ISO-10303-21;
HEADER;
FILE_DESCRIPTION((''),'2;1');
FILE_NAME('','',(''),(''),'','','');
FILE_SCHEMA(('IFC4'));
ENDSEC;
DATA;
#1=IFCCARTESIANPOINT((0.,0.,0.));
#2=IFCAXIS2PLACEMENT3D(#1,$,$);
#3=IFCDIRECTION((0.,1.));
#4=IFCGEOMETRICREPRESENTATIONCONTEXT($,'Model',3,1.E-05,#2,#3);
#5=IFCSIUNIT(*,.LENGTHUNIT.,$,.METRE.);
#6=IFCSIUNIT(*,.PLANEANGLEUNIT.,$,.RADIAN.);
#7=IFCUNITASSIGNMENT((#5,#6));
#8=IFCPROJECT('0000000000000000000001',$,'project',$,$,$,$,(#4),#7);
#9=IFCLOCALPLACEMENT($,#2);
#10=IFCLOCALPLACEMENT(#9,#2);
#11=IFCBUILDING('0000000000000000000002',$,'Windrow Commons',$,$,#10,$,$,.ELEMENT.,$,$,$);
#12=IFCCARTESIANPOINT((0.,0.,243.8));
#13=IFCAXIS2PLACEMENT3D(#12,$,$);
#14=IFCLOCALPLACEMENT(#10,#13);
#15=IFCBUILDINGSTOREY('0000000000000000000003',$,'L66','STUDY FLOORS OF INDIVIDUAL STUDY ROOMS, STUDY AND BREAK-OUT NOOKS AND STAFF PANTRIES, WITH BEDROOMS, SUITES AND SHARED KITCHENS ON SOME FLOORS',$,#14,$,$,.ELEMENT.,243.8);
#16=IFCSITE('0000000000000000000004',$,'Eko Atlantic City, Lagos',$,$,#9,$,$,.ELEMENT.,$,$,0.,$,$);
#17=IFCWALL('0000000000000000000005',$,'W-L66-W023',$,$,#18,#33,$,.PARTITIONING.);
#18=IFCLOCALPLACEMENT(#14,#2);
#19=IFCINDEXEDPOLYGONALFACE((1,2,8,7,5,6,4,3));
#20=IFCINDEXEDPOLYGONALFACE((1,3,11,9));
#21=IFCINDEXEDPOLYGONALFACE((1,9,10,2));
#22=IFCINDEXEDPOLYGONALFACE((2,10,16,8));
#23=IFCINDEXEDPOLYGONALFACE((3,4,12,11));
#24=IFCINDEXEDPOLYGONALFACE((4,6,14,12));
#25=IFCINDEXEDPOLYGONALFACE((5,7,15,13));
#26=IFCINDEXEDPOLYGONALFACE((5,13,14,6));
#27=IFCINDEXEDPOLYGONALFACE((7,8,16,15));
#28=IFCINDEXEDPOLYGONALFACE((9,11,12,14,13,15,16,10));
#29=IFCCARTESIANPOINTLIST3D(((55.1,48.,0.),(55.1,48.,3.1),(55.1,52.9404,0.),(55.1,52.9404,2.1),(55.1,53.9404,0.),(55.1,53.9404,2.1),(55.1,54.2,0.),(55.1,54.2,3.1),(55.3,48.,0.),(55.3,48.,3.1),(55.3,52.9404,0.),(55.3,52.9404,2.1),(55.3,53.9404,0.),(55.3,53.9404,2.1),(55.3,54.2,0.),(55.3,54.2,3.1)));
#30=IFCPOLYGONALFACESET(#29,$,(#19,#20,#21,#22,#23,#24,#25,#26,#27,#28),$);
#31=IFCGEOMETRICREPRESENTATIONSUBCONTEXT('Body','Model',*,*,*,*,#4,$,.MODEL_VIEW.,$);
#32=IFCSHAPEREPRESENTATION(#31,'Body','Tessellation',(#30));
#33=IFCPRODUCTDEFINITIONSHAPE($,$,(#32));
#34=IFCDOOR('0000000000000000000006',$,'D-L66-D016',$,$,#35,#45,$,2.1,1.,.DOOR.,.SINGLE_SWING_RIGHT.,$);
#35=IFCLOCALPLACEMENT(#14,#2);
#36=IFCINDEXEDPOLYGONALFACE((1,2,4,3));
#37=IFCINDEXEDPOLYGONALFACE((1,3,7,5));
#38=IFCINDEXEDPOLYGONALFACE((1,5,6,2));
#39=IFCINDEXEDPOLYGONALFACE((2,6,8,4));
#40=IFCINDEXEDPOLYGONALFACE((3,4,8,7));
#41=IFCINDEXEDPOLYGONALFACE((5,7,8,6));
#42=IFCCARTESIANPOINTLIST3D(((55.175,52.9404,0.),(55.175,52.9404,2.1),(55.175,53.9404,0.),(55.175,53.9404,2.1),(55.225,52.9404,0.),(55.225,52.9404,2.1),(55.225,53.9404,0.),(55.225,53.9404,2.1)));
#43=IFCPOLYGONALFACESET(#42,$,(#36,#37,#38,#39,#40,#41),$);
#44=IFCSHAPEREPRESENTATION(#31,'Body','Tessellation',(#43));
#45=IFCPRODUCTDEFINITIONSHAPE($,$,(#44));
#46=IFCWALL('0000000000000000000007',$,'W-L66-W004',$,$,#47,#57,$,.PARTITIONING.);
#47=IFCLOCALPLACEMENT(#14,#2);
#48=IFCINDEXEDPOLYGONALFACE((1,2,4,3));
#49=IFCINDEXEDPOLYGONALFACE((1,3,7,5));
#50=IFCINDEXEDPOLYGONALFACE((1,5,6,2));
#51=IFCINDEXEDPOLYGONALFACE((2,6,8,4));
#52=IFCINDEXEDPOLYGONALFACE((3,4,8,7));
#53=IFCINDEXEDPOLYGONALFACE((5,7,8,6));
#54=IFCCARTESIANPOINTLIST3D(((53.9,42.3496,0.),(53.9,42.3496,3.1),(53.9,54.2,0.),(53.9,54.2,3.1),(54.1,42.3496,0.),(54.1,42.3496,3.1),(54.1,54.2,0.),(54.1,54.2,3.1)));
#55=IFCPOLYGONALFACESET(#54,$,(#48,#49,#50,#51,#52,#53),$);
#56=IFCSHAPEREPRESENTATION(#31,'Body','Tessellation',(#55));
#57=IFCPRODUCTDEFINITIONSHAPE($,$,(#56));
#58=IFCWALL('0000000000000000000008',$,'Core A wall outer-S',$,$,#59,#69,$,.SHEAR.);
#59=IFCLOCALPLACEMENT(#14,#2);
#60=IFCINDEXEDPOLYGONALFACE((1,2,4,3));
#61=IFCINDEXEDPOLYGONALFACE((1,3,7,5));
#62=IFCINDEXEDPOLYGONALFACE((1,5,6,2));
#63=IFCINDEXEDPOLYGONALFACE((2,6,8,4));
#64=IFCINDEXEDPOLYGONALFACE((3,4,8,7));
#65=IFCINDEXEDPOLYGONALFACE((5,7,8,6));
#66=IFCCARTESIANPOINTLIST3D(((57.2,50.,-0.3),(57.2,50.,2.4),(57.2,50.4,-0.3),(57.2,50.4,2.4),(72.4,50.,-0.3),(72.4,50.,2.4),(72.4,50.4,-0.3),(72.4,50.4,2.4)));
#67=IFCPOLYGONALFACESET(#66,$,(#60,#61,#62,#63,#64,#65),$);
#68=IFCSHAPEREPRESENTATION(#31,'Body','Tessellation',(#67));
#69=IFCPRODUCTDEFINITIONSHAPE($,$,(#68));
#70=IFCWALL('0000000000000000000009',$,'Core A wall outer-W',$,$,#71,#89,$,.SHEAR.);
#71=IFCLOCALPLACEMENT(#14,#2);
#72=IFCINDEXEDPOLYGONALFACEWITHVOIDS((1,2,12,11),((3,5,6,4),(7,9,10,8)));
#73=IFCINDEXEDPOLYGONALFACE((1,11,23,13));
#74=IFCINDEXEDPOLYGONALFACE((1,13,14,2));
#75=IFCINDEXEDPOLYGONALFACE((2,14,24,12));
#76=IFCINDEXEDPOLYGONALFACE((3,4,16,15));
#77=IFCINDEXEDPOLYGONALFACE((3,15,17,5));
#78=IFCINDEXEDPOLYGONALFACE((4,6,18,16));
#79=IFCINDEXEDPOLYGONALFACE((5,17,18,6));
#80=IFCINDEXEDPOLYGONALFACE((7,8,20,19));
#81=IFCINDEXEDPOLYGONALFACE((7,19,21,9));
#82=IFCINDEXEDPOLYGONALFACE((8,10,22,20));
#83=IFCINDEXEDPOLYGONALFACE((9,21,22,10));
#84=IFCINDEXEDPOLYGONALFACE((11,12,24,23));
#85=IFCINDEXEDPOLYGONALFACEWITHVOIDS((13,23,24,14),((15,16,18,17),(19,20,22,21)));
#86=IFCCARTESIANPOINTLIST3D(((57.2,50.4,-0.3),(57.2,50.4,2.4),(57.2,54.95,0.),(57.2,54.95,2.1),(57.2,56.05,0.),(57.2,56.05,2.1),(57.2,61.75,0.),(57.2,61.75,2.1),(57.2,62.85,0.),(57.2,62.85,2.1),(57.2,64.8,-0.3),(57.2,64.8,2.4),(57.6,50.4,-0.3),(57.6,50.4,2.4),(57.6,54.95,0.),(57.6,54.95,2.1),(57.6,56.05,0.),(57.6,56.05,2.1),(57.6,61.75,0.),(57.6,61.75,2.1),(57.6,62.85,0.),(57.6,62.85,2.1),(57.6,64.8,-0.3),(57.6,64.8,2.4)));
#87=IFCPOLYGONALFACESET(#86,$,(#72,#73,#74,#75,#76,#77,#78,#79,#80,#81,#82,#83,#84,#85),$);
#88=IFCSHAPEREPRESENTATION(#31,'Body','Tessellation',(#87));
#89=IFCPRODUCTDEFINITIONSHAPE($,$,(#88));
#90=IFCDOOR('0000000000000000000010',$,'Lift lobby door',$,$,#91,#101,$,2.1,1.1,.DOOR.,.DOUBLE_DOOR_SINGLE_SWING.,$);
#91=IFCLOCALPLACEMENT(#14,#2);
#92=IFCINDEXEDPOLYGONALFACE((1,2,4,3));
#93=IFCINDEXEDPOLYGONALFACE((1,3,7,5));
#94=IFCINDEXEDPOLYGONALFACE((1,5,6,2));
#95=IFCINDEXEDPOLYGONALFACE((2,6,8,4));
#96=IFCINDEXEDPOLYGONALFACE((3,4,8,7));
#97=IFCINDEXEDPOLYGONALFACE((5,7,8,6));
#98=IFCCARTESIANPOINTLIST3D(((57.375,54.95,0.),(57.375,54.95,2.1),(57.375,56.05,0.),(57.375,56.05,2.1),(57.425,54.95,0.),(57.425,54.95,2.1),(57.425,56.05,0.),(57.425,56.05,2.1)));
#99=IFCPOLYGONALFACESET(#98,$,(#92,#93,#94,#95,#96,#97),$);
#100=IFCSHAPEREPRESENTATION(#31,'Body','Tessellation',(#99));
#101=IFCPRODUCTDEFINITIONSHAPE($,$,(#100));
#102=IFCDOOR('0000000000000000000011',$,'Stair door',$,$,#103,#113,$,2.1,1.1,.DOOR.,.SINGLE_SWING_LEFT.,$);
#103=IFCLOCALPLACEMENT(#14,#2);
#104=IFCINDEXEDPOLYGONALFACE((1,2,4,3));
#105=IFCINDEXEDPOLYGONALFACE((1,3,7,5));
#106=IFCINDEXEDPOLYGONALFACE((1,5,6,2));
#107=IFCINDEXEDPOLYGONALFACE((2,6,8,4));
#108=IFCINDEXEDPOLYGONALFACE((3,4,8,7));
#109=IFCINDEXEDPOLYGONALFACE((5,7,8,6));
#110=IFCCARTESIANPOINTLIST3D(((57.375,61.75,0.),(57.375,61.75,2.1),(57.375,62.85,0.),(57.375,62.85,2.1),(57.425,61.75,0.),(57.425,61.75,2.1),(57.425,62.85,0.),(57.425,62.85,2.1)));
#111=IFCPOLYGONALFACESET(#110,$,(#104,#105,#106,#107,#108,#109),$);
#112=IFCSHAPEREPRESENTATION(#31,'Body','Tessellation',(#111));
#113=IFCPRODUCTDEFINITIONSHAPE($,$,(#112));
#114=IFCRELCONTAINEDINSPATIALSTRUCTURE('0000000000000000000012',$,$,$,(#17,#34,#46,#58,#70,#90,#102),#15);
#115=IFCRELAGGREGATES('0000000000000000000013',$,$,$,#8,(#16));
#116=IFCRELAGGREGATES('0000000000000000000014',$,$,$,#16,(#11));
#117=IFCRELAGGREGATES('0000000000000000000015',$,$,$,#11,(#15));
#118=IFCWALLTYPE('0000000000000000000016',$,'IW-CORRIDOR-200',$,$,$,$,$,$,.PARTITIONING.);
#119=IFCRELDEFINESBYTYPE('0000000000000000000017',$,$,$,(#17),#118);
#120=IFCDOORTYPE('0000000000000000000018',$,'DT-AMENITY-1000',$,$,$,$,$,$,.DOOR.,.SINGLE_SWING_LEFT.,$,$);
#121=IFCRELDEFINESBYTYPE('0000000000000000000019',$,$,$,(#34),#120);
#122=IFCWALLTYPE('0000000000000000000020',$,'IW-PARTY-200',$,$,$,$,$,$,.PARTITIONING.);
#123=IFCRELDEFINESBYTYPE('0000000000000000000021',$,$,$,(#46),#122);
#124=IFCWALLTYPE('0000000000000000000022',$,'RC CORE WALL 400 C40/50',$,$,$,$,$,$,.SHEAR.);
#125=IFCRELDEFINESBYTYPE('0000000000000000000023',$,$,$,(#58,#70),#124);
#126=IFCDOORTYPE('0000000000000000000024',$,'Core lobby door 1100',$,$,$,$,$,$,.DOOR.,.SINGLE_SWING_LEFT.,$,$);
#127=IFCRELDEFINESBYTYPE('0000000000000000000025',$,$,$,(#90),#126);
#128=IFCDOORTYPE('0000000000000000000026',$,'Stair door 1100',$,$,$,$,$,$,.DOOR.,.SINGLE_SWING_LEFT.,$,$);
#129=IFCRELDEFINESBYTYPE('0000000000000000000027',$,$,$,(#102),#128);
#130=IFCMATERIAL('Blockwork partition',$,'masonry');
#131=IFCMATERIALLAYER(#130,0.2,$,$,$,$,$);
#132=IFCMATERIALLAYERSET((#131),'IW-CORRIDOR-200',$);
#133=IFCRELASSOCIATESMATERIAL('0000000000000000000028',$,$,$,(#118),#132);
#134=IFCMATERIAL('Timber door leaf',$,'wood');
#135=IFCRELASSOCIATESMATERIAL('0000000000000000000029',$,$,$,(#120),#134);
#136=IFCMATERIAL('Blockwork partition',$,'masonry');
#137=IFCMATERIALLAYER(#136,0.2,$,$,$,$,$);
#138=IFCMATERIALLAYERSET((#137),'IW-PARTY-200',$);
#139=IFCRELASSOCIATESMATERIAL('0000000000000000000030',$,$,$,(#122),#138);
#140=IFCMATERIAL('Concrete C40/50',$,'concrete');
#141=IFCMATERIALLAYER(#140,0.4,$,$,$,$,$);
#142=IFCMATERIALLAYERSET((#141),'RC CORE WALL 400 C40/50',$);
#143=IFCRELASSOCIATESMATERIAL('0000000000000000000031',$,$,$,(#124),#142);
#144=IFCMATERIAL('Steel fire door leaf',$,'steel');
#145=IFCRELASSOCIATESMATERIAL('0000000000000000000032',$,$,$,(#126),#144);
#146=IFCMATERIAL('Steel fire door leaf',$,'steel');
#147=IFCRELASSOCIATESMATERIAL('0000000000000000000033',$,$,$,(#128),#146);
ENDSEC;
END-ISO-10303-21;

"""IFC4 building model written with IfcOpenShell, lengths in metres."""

from ifc_helpers import new_model, si_unit, direction, frame, frame_2d, origin, place, context, subcontext, project, spatial, rectangle, extrude, material, layer, layer_set, type_object, element, fill, save


model = new_model("IFC4")

# Units and contexts
model_context = context("Model", 3, precision=1e-05, world=origin(), true_north=direction((0.0, 1.0)))
body_context = subcontext(model_context, "Body", "Model", "MODEL_VIEW")
ifc_project = project(units=[si_unit("LENGTHUNIT", "METRE"), si_unit("PLANEANGLEUNIT", "RADIAN")], contexts=[model_context])

# Site, building, storey
site_placement = place(None, origin())
site = spatial("IfcSite", under=ifc_project, at=site_placement, Name="Eko Atlantic City, Lagos", CompositionType="ELEMENT", RefElevation=0.0)
building_placement = place(site_placement, origin())
building = spatial("IfcBuilding", under=site, at=building_placement, Name="Windrow Commons", CompositionType="ELEMENT")
storey_placement = place(building_placement, frame((0.0, 0.0, 243.8)))
storey = spatial("IfcBuildingStorey", under=building, at=storey_placement, Name="L66", Description="STUDY FLOORS OF INDIVIDUAL STUDY ROOMS, STUDY AND BREAK-OUT NOOKS AND STAFF PANTRIES, WITH BEDROOMS, SUITES AND SHARED KITCHENS ON SOME FLOORS", CompositionType="ELEMENT", Elevation=243.8)

# Shared definitions
ifc_material_1 = material(Name="Blockwork partition", Category="masonry")
ifc_layer_1 = layer(ifc_material_1, 0.2)
ifc_layer_set_1 = layer_set([ifc_layer_1], Name="IW-CORRIDOR-200")
wall_type_1 = type_object("IfcWallType", Name="IW-CORRIDOR-200", PredefinedType="PARTITIONING", material=ifc_layer_set_1)

# Wall, opening, door
wall_1_placement = place(storey_placement, frame((55.2, 48.0, 0.0), z_axis=(0.0, 0.0, 1.0), x_axis=(0.0, 1.0, 0.0)))
wall_1 = element("IfcWall", 1, at=wall_1_placement, inside=storey, type_object=wall_type_1, Name="W-L66-W023", PredefinedType="PARTITIONING", context=body_context, shape_type="SweptSolid", body=[
    extrude(rectangle(XDim=6.2, YDim=0.2, at=frame_2d((3.1, 0.0))), origin(), (0.0, 0.0, 1.0), 3.1),
])
opening_1_placement = place(wall_1_placement, frame((4.9404, 0.0, 0.0)))
opening_1 = element("IfcOpeningElement", 2, at=opening_1_placement, cuts=wall_1, PredefinedType="OPENING", context=body_context, shape_type="SweptSolid", body=[
    extrude(rectangle(XDim=1.0, YDim=2.1, at=frame_2d((0.5, 1.05))), frame((0.0, 0.11, 0.0), z_axis=(0.0, -1.0, 0.0), x_axis=(1.0, 0.0, 0.0)), (0.0, 0.0, 1.0), 0.22),
])
ifc_material_2 = material(Name="Timber door leaf", Category="wood")
door_type_1 = type_object("IfcDoorType", Name="DT-AMENITY-1000", OperationType="SINGLE_SWING_LEFT", PredefinedType="DOOR", material=ifc_material_2)
door_1_placement = place(opening_1_placement, origin())
door_1 = element("IfcDoor", 3, at=door_1_placement, inside=storey, type_object=door_type_1, Name="D-L66-D016", OperationType="SINGLE_SWING_RIGHT", OverallHeight=2.1, OverallWidth=1.0, PredefinedType="DOOR", context=body_context, shape_type="SweptSolid", body=[
    extrude(rectangle(XDim=1.0, YDim=2.1, at=frame_2d((0.5, 1.05))), frame((0.0, 0.025, 0.0), z_axis=(0.0, -1.0, 0.0), x_axis=(1.0, 0.0, 0.0)), (0.0, 0.0, 1.0), 0.05),
])
fill(opening_1, door_1)

# Walls
ifc_material_3 = material(Name="Blockwork partition", Category="masonry")
ifc_layer_2 = layer(ifc_material_3, 0.2)
ifc_layer_set_2 = layer_set([ifc_layer_2], Name="IW-PARTY-200")
wall_type_2 = type_object("IfcWallType", Name="IW-PARTY-200", PredefinedType="PARTITIONING", material=ifc_layer_set_2)
wall_2_placement = place(storey_placement, frame((54.0, 42.3496, 0.0), z_axis=(0.0, 0.0, 1.0), x_axis=(0.0, 1.0, 0.0)))
element("IfcWall", 4, at=wall_2_placement, inside=storey, type_object=wall_type_2, Name="W-L66-W004", PredefinedType="PARTITIONING", context=body_context, shape_type="SweptSolid", body=[
    extrude(rectangle(XDim=11.8504, YDim=0.2, at=frame_2d((5.9252, 0.0))), origin(), (0.0, 0.0, 1.0), 3.1),
])
ifc_material_4 = material(Name="Concrete C40/50", Category="concrete")
ifc_layer_3 = layer(ifc_material_4, 0.4)
ifc_layer_set_3 = layer_set([ifc_layer_3], Name="RC CORE WALL 400 C40/50")
wall_type_3 = type_object("IfcWallType", Name="RC CORE WALL 400 C40/50", PredefinedType="SHEAR", material=ifc_layer_set_3)
wall_3_placement = place(storey_placement, frame((57.2, 50.2, -0.3), z_axis=(0.0, 0.0, 1.0), x_axis=(1.0, 0.0, 0.0)))
element("IfcWall", 5, at=wall_3_placement, inside=storey, type_object=wall_type_3, Name="Core A wall outer-S", PredefinedType="SHEAR", context=body_context, shape_type="SweptSolid", body=[
    extrude(rectangle(XDim=15.2, YDim=0.4, at=frame_2d((7.6, 0.0))), origin(), (0.0, 0.0, 1.0), 2.7),
])

# Wall, openings, doors
wall_4_placement = place(storey_placement, frame((57.4, 50.4, -0.3), z_axis=(0.0, 0.0, 1.0), x_axis=(0.0, 1.0, 0.0)))
wall_4 = element("IfcWall", 6, at=wall_4_placement, inside=storey, type_object=wall_type_3, Name="Core A wall outer-W", PredefinedType="SHEAR", context=body_context, shape_type="SweptSolid", body=[
    extrude(rectangle(XDim=14.4, YDim=0.4, at=frame_2d((7.2, 0.0))), origin(), (0.0, 0.0, 1.0), 2.7),
])
opening_2_placement = place(wall_4_placement, frame((4.55, 0.0, 0.3)))
opening_2 = element("IfcOpeningElement", 7, at=opening_2_placement, cuts=wall_4, PredefinedType="OPENING", context=body_context, shape_type="SweptSolid", body=[
    extrude(rectangle(XDim=1.1, YDim=2.1, at=frame_2d((0.55, 1.05))), frame((0.0, 0.21, 0.0), z_axis=(0.0, -1.0, 0.0), x_axis=(1.0, 0.0, 0.0)), (0.0, 0.0, 1.0), 0.42),
])
opening_3_placement = place(wall_4_placement, frame((11.35, 0.0, 0.3)))
opening_3 = element("IfcOpeningElement", 8, at=opening_3_placement, cuts=wall_4, PredefinedType="OPENING", context=body_context, shape_type="SweptSolid", body=[
    extrude(rectangle(XDim=1.1, YDim=2.1, at=frame_2d((0.55, 1.05))), frame((0.0, 0.21, 0.0), z_axis=(0.0, -1.0, 0.0), x_axis=(1.0, 0.0, 0.0)), (0.0, 0.0, 1.0), 0.42),
])
ifc_material_5 = material(Name="Steel fire door leaf", Category="steel")
door_type_2 = type_object("IfcDoorType", Name="Core lobby door 1100", OperationType="SINGLE_SWING_LEFT", PredefinedType="DOOR", material=ifc_material_5)
door_2_placement = place(opening_2_placement, origin())
door_2 = element("IfcDoor", 9, at=door_2_placement, inside=storey, type_object=door_type_2, Name="Lift lobby door", OperationType="DOUBLE_DOOR_SINGLE_SWING", OverallHeight=2.1, OverallWidth=1.1, PredefinedType="DOOR", context=body_context, shape_type="SweptSolid", body=[
    extrude(rectangle(XDim=1.1, YDim=2.1, at=frame_2d((0.55, 1.05))), frame((0.0, 0.025, 0.0), z_axis=(0.0, -1.0, 0.0), x_axis=(1.0, 0.0, 0.0)), (0.0, 0.0, 1.0), 0.05),
])
fill(opening_2, door_2)
ifc_material_6 = material(Name="Steel fire door leaf", Category="steel")
door_type_3 = type_object("IfcDoorType", Name="Stair door 1100", OperationType="SINGLE_SWING_LEFT", PredefinedType="DOOR", material=ifc_material_6)
door_3_placement = place(opening_3_placement, origin())
door_3 = element("IfcDoor", 10, at=door_3_placement, inside=storey, type_object=door_type_3, Name="Stair door", OperationType="SINGLE_SWING_LEFT", OverallHeight=2.1, OverallWidth=1.1, PredefinedType="DOOR", context=body_context, shape_type="SweptSolid", body=[
    extrude(rectangle(XDim=1.1, YDim=2.1, at=frame_2d((0.55, 1.05))), frame((0.0, 0.025, 0.0), z_axis=(0.0, -1.0, 0.0), x_axis=(1.0, 0.0, 0.0)), (0.0, 0.0, 1.0), 0.05),
])
fill(opening_3, door_3)

save(model, "model.ifc")
